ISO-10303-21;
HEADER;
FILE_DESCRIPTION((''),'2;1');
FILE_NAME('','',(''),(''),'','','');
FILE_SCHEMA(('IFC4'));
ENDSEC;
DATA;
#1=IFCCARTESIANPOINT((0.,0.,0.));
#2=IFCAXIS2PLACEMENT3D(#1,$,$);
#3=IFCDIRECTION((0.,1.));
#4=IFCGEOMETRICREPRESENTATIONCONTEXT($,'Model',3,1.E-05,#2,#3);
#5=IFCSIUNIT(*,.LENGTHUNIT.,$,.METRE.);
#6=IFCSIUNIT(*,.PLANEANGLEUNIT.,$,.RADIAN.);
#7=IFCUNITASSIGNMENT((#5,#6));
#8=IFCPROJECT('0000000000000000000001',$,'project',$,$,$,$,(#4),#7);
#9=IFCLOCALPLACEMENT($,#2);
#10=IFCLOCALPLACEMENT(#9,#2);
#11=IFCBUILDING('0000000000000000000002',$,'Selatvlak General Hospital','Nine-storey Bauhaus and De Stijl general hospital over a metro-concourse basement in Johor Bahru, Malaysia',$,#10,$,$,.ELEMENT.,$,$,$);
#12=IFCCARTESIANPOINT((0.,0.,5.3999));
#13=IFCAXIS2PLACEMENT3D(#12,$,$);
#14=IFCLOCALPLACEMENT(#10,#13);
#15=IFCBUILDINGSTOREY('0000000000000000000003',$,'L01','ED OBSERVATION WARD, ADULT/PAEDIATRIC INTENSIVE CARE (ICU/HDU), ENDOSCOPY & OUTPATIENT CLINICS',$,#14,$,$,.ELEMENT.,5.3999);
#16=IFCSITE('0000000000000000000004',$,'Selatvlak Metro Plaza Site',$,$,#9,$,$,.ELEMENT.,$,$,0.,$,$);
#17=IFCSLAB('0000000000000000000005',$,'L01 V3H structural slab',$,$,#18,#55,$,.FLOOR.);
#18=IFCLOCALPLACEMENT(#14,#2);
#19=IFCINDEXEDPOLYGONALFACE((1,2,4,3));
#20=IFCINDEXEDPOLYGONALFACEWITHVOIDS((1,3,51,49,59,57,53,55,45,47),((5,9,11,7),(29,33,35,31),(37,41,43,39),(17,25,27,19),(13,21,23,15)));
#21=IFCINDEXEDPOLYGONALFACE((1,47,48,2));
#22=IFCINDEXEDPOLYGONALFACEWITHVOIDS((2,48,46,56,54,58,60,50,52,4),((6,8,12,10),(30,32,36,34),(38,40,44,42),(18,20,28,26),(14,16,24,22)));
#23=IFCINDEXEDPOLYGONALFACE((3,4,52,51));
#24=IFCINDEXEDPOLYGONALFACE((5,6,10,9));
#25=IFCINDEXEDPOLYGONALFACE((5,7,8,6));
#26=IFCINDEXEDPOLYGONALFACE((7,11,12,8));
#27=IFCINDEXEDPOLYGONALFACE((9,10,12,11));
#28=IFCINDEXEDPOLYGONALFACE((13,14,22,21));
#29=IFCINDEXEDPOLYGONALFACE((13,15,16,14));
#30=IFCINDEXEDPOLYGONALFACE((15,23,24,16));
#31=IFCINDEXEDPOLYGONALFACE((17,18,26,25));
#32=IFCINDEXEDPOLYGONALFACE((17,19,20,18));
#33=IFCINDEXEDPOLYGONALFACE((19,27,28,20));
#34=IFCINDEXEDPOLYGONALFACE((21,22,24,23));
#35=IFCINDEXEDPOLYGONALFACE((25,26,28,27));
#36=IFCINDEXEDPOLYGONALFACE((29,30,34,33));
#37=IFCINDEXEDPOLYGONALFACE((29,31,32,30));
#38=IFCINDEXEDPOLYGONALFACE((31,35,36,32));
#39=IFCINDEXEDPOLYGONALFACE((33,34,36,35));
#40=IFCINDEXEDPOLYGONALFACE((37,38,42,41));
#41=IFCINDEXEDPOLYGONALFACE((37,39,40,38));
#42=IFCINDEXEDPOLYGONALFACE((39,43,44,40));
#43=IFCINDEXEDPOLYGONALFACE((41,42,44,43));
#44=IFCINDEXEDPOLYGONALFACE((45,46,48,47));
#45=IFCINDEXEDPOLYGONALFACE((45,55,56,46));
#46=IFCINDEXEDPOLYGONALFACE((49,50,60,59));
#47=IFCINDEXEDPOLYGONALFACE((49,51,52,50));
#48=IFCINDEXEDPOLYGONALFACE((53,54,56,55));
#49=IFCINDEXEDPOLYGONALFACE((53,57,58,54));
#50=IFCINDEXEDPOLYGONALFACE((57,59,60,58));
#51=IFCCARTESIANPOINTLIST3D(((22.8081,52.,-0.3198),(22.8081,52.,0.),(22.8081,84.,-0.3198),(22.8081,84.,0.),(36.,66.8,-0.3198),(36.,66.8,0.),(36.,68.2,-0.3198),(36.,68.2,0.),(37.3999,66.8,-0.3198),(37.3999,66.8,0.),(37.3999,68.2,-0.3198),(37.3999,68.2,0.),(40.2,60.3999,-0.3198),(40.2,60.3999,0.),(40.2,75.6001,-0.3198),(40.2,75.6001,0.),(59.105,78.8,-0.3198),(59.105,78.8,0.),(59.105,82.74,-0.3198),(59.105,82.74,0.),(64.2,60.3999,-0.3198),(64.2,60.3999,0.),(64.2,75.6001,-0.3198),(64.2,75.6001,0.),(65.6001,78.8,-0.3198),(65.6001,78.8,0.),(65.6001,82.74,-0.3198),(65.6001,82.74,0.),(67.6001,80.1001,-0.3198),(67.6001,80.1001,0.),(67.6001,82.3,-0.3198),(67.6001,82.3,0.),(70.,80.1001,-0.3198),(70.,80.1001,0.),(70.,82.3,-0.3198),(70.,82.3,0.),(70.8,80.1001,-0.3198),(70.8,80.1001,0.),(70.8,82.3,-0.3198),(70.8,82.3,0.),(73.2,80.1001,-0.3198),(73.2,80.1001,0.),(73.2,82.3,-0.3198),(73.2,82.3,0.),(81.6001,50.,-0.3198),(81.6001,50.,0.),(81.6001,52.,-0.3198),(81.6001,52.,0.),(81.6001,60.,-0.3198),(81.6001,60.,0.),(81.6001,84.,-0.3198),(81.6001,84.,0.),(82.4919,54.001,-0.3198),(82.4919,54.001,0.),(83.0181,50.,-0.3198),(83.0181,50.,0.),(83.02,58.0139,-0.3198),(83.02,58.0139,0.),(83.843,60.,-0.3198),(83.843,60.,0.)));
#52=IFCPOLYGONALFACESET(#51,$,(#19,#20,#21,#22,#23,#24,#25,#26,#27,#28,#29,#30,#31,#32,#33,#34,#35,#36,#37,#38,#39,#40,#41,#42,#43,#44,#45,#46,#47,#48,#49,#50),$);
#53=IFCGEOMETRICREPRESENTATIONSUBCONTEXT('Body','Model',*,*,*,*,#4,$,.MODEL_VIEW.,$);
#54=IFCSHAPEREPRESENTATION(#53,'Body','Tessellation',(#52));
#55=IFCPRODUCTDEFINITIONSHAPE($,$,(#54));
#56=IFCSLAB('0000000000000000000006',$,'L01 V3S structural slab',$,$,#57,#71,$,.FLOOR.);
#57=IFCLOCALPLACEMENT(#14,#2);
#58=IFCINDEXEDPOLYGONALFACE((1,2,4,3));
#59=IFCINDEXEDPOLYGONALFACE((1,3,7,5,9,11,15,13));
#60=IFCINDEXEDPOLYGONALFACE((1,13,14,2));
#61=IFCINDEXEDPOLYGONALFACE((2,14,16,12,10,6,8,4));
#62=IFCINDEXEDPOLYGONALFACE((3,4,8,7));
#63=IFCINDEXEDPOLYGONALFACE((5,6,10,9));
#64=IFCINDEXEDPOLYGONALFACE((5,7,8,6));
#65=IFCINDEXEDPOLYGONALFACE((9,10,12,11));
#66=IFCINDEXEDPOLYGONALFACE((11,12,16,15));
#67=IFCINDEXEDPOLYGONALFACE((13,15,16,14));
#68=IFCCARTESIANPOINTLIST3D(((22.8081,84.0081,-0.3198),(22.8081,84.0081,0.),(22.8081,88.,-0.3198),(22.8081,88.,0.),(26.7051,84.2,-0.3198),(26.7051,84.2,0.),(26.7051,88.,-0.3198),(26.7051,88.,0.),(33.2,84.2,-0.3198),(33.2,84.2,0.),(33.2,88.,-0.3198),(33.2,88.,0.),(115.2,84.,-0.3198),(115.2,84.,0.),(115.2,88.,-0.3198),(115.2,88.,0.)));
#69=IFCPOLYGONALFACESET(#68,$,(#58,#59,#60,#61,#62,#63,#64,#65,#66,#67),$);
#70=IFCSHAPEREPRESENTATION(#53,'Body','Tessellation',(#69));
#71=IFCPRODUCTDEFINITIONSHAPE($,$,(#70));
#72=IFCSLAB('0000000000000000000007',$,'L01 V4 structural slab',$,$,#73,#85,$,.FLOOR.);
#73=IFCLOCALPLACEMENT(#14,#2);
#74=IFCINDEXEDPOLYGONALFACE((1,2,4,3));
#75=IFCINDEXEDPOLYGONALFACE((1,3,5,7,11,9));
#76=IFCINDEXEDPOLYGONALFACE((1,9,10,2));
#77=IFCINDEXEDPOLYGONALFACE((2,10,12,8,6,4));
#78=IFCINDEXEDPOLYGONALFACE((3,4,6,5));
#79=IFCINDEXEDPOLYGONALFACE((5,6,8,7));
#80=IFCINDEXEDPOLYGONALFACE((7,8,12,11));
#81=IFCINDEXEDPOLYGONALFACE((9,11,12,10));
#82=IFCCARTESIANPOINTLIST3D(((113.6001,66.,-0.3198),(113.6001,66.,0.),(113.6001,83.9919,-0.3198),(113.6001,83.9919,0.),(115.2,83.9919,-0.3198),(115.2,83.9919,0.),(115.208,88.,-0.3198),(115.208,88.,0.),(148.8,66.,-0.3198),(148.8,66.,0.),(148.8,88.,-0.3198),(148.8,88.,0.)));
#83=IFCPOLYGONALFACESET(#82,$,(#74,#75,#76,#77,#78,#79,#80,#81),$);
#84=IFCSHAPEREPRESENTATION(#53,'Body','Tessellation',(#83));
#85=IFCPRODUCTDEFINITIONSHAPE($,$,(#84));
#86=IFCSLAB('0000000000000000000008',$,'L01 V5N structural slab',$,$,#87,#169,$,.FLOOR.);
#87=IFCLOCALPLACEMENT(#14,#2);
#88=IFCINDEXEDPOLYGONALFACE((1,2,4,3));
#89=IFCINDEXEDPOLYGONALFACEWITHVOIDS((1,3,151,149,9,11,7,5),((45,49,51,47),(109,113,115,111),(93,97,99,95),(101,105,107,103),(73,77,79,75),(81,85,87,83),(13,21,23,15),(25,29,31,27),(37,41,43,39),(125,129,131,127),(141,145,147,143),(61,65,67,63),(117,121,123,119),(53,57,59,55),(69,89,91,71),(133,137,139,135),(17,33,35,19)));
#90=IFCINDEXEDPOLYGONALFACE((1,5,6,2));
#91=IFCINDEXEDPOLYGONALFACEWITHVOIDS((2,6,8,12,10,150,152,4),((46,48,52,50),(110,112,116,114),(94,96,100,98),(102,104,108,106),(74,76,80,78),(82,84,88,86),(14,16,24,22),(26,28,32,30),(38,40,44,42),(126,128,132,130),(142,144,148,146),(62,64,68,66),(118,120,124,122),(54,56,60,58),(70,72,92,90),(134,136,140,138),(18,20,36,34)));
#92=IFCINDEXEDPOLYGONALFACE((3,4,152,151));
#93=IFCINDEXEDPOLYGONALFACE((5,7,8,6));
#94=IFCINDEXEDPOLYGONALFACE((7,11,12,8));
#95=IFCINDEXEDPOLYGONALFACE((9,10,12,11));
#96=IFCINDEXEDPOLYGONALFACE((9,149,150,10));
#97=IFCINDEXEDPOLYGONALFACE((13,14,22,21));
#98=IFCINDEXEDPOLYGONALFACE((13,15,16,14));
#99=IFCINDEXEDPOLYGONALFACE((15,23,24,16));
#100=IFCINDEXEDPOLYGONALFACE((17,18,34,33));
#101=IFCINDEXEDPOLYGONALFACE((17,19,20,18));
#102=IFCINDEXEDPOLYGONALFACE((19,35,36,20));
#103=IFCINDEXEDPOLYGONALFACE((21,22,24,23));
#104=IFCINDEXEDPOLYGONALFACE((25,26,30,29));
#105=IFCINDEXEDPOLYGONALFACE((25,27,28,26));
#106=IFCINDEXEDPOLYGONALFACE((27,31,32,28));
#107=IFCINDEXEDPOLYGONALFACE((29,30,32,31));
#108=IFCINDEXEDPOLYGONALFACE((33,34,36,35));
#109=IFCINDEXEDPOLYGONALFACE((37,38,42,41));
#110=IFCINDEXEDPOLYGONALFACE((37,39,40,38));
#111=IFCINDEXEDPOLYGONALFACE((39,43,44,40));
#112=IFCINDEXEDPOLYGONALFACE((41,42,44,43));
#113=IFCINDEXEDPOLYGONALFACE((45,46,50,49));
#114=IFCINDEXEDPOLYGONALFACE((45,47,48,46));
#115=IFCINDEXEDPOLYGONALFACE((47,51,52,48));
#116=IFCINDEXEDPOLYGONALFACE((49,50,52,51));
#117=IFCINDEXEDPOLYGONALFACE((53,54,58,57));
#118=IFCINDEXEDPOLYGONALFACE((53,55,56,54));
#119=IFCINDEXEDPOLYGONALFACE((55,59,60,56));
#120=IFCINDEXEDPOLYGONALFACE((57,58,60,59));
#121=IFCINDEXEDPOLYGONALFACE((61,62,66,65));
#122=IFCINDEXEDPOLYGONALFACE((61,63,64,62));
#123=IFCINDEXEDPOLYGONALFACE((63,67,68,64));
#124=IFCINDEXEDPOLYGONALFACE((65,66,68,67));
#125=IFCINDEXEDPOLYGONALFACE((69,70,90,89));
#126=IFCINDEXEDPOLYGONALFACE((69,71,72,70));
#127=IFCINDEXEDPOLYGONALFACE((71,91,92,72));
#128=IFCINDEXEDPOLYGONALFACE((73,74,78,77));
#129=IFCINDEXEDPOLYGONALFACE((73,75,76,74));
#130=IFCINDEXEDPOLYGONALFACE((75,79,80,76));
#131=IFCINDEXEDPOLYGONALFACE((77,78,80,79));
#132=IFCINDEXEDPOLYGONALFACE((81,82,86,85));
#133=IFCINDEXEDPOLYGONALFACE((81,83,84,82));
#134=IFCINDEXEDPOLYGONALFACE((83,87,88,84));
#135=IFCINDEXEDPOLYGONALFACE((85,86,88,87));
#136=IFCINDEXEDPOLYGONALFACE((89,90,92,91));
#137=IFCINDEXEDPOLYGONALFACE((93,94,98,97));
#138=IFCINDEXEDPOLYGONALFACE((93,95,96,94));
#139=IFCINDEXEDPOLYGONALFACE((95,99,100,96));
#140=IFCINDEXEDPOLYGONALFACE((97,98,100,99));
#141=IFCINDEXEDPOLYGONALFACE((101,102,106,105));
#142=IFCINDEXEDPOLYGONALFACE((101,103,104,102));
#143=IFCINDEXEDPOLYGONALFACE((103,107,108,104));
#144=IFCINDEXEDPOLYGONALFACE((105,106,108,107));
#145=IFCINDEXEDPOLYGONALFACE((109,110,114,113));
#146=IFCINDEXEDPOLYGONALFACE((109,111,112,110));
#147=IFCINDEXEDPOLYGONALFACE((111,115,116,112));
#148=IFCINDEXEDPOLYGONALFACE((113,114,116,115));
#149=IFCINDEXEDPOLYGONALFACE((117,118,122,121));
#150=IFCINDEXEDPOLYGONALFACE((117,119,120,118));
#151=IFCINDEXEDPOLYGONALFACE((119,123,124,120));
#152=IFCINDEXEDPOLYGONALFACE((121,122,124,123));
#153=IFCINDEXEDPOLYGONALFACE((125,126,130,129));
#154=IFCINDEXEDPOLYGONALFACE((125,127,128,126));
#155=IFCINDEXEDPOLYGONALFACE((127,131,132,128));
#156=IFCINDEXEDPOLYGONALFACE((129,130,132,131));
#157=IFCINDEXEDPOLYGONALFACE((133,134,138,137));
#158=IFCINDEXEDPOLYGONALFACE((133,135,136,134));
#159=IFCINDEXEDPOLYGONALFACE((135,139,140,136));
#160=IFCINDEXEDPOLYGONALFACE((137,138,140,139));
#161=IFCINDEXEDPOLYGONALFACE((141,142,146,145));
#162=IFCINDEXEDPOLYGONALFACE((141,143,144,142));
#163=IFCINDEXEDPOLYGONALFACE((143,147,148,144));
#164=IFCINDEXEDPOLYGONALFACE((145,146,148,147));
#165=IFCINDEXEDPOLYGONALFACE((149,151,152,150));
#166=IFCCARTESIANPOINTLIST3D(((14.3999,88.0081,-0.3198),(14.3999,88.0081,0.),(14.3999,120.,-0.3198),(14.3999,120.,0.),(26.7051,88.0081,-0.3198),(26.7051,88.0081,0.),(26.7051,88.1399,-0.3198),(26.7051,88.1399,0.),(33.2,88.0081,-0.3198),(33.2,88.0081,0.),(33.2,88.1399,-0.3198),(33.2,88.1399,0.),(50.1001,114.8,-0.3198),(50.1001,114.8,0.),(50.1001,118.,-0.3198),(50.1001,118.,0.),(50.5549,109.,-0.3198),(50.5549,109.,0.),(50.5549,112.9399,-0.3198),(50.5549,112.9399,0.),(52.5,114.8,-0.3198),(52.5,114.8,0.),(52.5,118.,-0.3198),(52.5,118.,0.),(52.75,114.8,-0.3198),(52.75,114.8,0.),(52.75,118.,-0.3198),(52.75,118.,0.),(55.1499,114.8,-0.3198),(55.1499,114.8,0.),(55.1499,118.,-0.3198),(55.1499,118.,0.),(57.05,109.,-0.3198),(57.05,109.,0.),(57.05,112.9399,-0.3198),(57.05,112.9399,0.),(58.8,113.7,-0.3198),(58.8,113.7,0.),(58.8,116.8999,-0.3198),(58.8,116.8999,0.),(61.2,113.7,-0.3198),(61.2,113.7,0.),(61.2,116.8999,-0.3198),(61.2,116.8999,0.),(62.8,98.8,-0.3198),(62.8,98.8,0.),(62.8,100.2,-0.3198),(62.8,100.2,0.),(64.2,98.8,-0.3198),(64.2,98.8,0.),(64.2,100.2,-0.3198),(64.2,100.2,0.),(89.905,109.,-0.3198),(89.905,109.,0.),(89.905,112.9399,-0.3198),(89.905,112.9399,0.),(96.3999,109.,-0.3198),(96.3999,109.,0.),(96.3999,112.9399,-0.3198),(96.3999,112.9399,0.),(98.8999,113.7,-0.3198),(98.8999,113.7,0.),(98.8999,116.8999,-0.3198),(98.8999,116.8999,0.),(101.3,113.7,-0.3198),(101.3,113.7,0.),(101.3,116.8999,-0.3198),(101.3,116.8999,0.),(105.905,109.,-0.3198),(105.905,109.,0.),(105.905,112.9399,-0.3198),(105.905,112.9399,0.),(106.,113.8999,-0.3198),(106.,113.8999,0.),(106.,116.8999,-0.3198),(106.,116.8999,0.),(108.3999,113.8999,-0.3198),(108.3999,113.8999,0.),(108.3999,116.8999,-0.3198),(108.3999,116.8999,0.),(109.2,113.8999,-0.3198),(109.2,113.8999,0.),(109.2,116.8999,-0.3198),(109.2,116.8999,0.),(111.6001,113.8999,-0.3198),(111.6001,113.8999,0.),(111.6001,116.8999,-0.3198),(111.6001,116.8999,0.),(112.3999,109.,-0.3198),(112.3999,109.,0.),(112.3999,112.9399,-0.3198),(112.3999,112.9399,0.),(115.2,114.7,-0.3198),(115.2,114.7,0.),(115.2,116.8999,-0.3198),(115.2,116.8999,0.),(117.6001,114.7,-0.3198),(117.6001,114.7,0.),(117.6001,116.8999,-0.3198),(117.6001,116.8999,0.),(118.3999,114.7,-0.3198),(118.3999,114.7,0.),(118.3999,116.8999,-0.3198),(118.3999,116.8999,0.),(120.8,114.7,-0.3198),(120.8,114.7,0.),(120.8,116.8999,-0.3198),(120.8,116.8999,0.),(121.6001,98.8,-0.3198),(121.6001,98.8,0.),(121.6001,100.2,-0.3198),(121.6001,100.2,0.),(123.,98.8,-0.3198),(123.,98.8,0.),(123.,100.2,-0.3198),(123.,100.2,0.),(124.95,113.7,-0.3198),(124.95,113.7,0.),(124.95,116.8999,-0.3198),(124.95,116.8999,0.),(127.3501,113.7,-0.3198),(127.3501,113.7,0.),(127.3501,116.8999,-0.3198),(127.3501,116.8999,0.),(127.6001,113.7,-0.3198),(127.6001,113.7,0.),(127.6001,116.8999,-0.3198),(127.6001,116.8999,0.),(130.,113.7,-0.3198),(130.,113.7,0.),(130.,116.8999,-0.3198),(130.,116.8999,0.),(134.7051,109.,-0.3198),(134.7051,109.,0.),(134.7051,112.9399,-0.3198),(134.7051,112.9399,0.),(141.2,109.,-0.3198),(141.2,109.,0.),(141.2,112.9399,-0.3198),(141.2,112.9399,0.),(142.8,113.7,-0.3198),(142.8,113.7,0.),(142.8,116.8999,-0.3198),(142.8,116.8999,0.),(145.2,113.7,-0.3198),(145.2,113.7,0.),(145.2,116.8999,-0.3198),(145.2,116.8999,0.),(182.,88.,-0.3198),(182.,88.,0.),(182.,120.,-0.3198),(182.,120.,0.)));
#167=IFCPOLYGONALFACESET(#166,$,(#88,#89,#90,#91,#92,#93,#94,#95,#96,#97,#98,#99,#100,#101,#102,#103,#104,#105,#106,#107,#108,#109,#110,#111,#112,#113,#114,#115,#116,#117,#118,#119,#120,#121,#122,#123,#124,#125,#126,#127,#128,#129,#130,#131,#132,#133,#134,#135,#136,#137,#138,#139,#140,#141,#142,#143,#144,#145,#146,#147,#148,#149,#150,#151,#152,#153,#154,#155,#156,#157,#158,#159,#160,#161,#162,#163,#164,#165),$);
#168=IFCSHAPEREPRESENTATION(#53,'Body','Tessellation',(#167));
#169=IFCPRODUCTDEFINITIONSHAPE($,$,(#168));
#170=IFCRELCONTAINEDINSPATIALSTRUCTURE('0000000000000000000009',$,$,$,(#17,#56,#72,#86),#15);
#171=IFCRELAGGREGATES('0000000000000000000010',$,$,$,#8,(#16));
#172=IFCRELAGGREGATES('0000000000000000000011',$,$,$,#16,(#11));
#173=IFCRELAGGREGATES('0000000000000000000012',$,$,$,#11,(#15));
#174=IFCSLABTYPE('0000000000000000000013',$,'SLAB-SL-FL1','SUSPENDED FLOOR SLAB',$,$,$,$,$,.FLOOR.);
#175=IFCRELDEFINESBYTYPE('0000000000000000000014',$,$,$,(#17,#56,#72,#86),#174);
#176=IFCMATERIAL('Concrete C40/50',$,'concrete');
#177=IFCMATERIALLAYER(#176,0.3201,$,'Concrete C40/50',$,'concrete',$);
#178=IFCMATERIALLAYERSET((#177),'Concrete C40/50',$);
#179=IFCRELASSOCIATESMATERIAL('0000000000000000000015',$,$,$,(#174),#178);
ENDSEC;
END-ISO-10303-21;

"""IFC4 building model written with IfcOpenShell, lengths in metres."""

from ifc_helpers import new_model, si_unit, direction, frame, origin, place, context, subcontext, project, spatial, polyline, outline, extrude, material, layer, layer_set, type_object, element, save


model = new_model("IFC4")

# Units and contexts
model_context = context("Model", 3, precision=1e-05, world=origin(), true_north=direction((0.0, 1.0)))
body_context = subcontext(model_context, "Body", "Model", "MODEL_VIEW")
ifc_project = project(units=[si_unit("LENGTHUNIT", "METRE"), si_unit("PLANEANGLEUNIT", "RADIAN")], contexts=[model_context])

# Site, building, storey
site_placement = place(None, origin())
site = spatial("IfcSite", under=ifc_project, at=site_placement, Name="Selatvlak Metro Plaza Site", CompositionType="ELEMENT", RefElevation=0.0)
building_placement = place(site_placement, origin())
building = spatial("IfcBuilding", under=site, at=building_placement, Name="Selatvlak General Hospital", Description="Nine-storey Bauhaus and De Stijl general hospital over a metro-concourse basement in Johor Bahru, Malaysia", CompositionType="ELEMENT")
storey_placement = place(building_placement, frame((0.0, 0.0, 5.3999)))
storey = spatial("IfcBuildingStorey", under=building, at=storey_placement, Name="L01", Description="ED OBSERVATION WARD, ADULT/PAEDIATRIC INTENSIVE CARE (ICU/HDU), ENDOSCOPY & OUTPATIENT CLINICS", CompositionType="ELEMENT", Elevation=5.3999)

# Shared definitions
ifc_material_1 = material(Name="Concrete C40/50", Category="concrete")

# Slabs
ifc_layer_1 = layer(ifc_material_1, 0.3201, Name="Concrete C40/50", Category="concrete")
ifc_layer_set_1 = layer_set([ifc_layer_1], Name="Concrete C40/50")
slab_type_1 = type_object("IfcSlabType", Name="SLAB-SL-FL1", Description="SUSPENDED FLOOR SLAB", PredefinedType="FLOOR", material=ifc_layer_set_1)
slab_1_placement = place(storey_placement, frame((0.0, 0.0, -0.3198)))
element("IfcSlab", 1, at=slab_1_placement, inside=storey, type_object=slab_type_1, Name="L01 V3H structural slab", PredefinedType="FLOOR", context=body_context, shape_type="SweptSolid", body=[
    extrude(outline(polyline([(83.02, 58.0139), (82.4919, 54.001), (83.0181, 50.0), (81.6001, 50.0), (81.6001, 52.0), (22.8081, 52.0), (22.8081, 84.0), (81.6001, 84.0), (81.6001, 60.0), (83.843, 60.0), (83.02, 58.0139)]), holes=[polyline([(40.2, 60.3999), (64.2, 60.3999), (64.2, 75.6001), (40.2, 75.6001), (40.2, 60.3999)]), polyline([(59.105, 78.8), (65.6001, 78.8), (65.6001, 82.74), (59.105, 82.74), (59.105, 78.8)]), polyline([(67.6001, 80.1001), (70.0, 80.1001), (70.0, 82.3), (67.6001, 82.3), (67.6001, 80.1001)]), polyline([(70.8, 82.3), (70.8, 80.1001), (73.2, 80.1001), (73.2, 82.3), (70.8, 82.3)]), polyline([(37.3999, 68.2), (36.0, 68.2), (36.0, 66.8), (37.3999, 66.8), (37.3999, 68.2)])]), origin(), (0.0, 0.0, 1.0), 0.3198),
])
slab_2_placement = place(storey_placement, frame((0.0, 0.0, -0.3198)))
element("IfcSlab", 2, at=slab_2_placement, inside=storey, type_object=slab_type_1, Name="L01 V3S structural slab", PredefinedType="FLOOR", context=body_context, shape_type="SweptSolid", body=[
    extrude(outline(polyline([(115.2, 84.0), (22.8081, 84.0081), (22.8081, 88.0), (26.7051, 88.0), (26.7051, 84.2), (33.2, 84.2), (33.2, 88.0), (115.2, 88.0), (115.2, 84.0)])), origin(), (0.0, 0.0, 1.0), 0.3198),
])
slab_3_placement = place(storey_placement, frame((0.0, 0.0, -0.3198)))
element("IfcSlab", 3, at=slab_3_placement, inside=storey, type_object=slab_type_1, Name="L01 V4 structural slab", PredefinedType="FLOOR", context=body_context, shape_type="SweptSolid", body=[
    extrude(outline(polyline([(113.6001, 83.9919), (115.2, 83.9919), (115.208, 88.0), (148.8, 88.0), (148.8, 66.0), (113.6001, 66.0), (113.6001, 83.9919)])), origin(), (0.0, 0.0, 1.0), 0.3198),
])
slab_4_placement = place(storey_placement, frame((0.0, 0.0, -0.3198)))
element("IfcSlab", 4, at=slab_4_placement, inside=storey, type_object=slab_type_1, Name="L01 V5N structural slab", PredefinedType="FLOOR", context=body_context, shape_type="SweptSolid", body=[
    extrude(outline(polyline([(33.2, 88.0081), (33.2, 88.1399), (26.7051, 88.1399), (26.7051, 88.0081), (14.3999, 88.0081), (14.3999, 120.0), (182.0, 120.0), (182.0, 88.0), (33.2, 88.0081)]), holes=[polyline([(57.05, 112.9399), (50.5549, 112.9399), (50.5549, 109.0), (57.05, 109.0), (57.05, 112.9399)]), polyline([(96.3999, 109.0), (96.3999, 112.9399), (89.905, 112.9399), (89.905, 109.0), (96.3999, 109.0)]), polyline([(105.905, 109.0), (112.3999, 109.0), (112.3999, 112.9399), (105.905, 112.9399), (105.905, 109.0)]), polyline([(134.7051, 112.9399), (134.7051, 109.0), (141.2, 109.0), (141.2, 112.9399), (134.7051, 112.9399)]), polyline([(61.2, 116.8999), (58.8, 116.8999), (58.8, 113.7), (61.2, 113.7), (61.2, 116.8999)]), polyline([(101.3, 113.7), (101.3, 116.8999), (98.8999, 116.8999), (98.8999, 113.7), (101.3, 113.7)]), polyline([(142.8, 113.7), (145.2, 113.7), (145.2, 116.8999), (142.8, 116.8999), (142.8, 113.7)]), polyline([(50.1001, 118.0), (50.1001, 114.8), (52.5, 114.8), (52.5, 118.0), (50.1001, 118.0)]), polyline([(55.1499, 118.0), (52.75, 118.0), (52.75, 114.8), (55.1499, 114.8), (55.1499, 118.0)]), polyline([(127.3501, 113.7), (127.3501, 116.8999), (124.95, 116.8999), (124.95, 113.7), (127.3501, 113.7)]), polyline([(127.6001, 113.7), (130.0, 113.7), (130.0, 116.8999), (127.6001, 116.8999), (127.6001, 113.7)]), polyline([(115.2, 116.8999), (115.2, 114.7), (117.6001, 114.7), (117.6001, 116.8999), (115.2, 116.8999)]), polyline([(120.8, 116.8999), (118.3999, 116.8999), (118.3999, 114.7), (120.8, 114.7), (120.8, 116.8999)]), polyline([(108.3999, 113.8999), (108.3999, 116.8999), (106.0, 116.8999), (106.0, 113.8999), (108.3999, 113.8999)]), polyline([(109.2, 113.8999), (111.6001, 113.8999), (111.6001, 116.8999), (109.2, 116.8999), (109.2, 113.8999)]), polyline([(62.8, 100.2), (62.8, 98.8), (64.2, 98.8), (64.2, 100.2), (62.8, 100.2)]), polyline([(123.0, 100.2), (121.6001, 100.2), (121.6001, 98.8), (123.0, 98.8), (123.0, 100.2)])]), origin(), (0.0, 0.0, 1.0), 0.3198),
])

save(model, "model.ifc")
